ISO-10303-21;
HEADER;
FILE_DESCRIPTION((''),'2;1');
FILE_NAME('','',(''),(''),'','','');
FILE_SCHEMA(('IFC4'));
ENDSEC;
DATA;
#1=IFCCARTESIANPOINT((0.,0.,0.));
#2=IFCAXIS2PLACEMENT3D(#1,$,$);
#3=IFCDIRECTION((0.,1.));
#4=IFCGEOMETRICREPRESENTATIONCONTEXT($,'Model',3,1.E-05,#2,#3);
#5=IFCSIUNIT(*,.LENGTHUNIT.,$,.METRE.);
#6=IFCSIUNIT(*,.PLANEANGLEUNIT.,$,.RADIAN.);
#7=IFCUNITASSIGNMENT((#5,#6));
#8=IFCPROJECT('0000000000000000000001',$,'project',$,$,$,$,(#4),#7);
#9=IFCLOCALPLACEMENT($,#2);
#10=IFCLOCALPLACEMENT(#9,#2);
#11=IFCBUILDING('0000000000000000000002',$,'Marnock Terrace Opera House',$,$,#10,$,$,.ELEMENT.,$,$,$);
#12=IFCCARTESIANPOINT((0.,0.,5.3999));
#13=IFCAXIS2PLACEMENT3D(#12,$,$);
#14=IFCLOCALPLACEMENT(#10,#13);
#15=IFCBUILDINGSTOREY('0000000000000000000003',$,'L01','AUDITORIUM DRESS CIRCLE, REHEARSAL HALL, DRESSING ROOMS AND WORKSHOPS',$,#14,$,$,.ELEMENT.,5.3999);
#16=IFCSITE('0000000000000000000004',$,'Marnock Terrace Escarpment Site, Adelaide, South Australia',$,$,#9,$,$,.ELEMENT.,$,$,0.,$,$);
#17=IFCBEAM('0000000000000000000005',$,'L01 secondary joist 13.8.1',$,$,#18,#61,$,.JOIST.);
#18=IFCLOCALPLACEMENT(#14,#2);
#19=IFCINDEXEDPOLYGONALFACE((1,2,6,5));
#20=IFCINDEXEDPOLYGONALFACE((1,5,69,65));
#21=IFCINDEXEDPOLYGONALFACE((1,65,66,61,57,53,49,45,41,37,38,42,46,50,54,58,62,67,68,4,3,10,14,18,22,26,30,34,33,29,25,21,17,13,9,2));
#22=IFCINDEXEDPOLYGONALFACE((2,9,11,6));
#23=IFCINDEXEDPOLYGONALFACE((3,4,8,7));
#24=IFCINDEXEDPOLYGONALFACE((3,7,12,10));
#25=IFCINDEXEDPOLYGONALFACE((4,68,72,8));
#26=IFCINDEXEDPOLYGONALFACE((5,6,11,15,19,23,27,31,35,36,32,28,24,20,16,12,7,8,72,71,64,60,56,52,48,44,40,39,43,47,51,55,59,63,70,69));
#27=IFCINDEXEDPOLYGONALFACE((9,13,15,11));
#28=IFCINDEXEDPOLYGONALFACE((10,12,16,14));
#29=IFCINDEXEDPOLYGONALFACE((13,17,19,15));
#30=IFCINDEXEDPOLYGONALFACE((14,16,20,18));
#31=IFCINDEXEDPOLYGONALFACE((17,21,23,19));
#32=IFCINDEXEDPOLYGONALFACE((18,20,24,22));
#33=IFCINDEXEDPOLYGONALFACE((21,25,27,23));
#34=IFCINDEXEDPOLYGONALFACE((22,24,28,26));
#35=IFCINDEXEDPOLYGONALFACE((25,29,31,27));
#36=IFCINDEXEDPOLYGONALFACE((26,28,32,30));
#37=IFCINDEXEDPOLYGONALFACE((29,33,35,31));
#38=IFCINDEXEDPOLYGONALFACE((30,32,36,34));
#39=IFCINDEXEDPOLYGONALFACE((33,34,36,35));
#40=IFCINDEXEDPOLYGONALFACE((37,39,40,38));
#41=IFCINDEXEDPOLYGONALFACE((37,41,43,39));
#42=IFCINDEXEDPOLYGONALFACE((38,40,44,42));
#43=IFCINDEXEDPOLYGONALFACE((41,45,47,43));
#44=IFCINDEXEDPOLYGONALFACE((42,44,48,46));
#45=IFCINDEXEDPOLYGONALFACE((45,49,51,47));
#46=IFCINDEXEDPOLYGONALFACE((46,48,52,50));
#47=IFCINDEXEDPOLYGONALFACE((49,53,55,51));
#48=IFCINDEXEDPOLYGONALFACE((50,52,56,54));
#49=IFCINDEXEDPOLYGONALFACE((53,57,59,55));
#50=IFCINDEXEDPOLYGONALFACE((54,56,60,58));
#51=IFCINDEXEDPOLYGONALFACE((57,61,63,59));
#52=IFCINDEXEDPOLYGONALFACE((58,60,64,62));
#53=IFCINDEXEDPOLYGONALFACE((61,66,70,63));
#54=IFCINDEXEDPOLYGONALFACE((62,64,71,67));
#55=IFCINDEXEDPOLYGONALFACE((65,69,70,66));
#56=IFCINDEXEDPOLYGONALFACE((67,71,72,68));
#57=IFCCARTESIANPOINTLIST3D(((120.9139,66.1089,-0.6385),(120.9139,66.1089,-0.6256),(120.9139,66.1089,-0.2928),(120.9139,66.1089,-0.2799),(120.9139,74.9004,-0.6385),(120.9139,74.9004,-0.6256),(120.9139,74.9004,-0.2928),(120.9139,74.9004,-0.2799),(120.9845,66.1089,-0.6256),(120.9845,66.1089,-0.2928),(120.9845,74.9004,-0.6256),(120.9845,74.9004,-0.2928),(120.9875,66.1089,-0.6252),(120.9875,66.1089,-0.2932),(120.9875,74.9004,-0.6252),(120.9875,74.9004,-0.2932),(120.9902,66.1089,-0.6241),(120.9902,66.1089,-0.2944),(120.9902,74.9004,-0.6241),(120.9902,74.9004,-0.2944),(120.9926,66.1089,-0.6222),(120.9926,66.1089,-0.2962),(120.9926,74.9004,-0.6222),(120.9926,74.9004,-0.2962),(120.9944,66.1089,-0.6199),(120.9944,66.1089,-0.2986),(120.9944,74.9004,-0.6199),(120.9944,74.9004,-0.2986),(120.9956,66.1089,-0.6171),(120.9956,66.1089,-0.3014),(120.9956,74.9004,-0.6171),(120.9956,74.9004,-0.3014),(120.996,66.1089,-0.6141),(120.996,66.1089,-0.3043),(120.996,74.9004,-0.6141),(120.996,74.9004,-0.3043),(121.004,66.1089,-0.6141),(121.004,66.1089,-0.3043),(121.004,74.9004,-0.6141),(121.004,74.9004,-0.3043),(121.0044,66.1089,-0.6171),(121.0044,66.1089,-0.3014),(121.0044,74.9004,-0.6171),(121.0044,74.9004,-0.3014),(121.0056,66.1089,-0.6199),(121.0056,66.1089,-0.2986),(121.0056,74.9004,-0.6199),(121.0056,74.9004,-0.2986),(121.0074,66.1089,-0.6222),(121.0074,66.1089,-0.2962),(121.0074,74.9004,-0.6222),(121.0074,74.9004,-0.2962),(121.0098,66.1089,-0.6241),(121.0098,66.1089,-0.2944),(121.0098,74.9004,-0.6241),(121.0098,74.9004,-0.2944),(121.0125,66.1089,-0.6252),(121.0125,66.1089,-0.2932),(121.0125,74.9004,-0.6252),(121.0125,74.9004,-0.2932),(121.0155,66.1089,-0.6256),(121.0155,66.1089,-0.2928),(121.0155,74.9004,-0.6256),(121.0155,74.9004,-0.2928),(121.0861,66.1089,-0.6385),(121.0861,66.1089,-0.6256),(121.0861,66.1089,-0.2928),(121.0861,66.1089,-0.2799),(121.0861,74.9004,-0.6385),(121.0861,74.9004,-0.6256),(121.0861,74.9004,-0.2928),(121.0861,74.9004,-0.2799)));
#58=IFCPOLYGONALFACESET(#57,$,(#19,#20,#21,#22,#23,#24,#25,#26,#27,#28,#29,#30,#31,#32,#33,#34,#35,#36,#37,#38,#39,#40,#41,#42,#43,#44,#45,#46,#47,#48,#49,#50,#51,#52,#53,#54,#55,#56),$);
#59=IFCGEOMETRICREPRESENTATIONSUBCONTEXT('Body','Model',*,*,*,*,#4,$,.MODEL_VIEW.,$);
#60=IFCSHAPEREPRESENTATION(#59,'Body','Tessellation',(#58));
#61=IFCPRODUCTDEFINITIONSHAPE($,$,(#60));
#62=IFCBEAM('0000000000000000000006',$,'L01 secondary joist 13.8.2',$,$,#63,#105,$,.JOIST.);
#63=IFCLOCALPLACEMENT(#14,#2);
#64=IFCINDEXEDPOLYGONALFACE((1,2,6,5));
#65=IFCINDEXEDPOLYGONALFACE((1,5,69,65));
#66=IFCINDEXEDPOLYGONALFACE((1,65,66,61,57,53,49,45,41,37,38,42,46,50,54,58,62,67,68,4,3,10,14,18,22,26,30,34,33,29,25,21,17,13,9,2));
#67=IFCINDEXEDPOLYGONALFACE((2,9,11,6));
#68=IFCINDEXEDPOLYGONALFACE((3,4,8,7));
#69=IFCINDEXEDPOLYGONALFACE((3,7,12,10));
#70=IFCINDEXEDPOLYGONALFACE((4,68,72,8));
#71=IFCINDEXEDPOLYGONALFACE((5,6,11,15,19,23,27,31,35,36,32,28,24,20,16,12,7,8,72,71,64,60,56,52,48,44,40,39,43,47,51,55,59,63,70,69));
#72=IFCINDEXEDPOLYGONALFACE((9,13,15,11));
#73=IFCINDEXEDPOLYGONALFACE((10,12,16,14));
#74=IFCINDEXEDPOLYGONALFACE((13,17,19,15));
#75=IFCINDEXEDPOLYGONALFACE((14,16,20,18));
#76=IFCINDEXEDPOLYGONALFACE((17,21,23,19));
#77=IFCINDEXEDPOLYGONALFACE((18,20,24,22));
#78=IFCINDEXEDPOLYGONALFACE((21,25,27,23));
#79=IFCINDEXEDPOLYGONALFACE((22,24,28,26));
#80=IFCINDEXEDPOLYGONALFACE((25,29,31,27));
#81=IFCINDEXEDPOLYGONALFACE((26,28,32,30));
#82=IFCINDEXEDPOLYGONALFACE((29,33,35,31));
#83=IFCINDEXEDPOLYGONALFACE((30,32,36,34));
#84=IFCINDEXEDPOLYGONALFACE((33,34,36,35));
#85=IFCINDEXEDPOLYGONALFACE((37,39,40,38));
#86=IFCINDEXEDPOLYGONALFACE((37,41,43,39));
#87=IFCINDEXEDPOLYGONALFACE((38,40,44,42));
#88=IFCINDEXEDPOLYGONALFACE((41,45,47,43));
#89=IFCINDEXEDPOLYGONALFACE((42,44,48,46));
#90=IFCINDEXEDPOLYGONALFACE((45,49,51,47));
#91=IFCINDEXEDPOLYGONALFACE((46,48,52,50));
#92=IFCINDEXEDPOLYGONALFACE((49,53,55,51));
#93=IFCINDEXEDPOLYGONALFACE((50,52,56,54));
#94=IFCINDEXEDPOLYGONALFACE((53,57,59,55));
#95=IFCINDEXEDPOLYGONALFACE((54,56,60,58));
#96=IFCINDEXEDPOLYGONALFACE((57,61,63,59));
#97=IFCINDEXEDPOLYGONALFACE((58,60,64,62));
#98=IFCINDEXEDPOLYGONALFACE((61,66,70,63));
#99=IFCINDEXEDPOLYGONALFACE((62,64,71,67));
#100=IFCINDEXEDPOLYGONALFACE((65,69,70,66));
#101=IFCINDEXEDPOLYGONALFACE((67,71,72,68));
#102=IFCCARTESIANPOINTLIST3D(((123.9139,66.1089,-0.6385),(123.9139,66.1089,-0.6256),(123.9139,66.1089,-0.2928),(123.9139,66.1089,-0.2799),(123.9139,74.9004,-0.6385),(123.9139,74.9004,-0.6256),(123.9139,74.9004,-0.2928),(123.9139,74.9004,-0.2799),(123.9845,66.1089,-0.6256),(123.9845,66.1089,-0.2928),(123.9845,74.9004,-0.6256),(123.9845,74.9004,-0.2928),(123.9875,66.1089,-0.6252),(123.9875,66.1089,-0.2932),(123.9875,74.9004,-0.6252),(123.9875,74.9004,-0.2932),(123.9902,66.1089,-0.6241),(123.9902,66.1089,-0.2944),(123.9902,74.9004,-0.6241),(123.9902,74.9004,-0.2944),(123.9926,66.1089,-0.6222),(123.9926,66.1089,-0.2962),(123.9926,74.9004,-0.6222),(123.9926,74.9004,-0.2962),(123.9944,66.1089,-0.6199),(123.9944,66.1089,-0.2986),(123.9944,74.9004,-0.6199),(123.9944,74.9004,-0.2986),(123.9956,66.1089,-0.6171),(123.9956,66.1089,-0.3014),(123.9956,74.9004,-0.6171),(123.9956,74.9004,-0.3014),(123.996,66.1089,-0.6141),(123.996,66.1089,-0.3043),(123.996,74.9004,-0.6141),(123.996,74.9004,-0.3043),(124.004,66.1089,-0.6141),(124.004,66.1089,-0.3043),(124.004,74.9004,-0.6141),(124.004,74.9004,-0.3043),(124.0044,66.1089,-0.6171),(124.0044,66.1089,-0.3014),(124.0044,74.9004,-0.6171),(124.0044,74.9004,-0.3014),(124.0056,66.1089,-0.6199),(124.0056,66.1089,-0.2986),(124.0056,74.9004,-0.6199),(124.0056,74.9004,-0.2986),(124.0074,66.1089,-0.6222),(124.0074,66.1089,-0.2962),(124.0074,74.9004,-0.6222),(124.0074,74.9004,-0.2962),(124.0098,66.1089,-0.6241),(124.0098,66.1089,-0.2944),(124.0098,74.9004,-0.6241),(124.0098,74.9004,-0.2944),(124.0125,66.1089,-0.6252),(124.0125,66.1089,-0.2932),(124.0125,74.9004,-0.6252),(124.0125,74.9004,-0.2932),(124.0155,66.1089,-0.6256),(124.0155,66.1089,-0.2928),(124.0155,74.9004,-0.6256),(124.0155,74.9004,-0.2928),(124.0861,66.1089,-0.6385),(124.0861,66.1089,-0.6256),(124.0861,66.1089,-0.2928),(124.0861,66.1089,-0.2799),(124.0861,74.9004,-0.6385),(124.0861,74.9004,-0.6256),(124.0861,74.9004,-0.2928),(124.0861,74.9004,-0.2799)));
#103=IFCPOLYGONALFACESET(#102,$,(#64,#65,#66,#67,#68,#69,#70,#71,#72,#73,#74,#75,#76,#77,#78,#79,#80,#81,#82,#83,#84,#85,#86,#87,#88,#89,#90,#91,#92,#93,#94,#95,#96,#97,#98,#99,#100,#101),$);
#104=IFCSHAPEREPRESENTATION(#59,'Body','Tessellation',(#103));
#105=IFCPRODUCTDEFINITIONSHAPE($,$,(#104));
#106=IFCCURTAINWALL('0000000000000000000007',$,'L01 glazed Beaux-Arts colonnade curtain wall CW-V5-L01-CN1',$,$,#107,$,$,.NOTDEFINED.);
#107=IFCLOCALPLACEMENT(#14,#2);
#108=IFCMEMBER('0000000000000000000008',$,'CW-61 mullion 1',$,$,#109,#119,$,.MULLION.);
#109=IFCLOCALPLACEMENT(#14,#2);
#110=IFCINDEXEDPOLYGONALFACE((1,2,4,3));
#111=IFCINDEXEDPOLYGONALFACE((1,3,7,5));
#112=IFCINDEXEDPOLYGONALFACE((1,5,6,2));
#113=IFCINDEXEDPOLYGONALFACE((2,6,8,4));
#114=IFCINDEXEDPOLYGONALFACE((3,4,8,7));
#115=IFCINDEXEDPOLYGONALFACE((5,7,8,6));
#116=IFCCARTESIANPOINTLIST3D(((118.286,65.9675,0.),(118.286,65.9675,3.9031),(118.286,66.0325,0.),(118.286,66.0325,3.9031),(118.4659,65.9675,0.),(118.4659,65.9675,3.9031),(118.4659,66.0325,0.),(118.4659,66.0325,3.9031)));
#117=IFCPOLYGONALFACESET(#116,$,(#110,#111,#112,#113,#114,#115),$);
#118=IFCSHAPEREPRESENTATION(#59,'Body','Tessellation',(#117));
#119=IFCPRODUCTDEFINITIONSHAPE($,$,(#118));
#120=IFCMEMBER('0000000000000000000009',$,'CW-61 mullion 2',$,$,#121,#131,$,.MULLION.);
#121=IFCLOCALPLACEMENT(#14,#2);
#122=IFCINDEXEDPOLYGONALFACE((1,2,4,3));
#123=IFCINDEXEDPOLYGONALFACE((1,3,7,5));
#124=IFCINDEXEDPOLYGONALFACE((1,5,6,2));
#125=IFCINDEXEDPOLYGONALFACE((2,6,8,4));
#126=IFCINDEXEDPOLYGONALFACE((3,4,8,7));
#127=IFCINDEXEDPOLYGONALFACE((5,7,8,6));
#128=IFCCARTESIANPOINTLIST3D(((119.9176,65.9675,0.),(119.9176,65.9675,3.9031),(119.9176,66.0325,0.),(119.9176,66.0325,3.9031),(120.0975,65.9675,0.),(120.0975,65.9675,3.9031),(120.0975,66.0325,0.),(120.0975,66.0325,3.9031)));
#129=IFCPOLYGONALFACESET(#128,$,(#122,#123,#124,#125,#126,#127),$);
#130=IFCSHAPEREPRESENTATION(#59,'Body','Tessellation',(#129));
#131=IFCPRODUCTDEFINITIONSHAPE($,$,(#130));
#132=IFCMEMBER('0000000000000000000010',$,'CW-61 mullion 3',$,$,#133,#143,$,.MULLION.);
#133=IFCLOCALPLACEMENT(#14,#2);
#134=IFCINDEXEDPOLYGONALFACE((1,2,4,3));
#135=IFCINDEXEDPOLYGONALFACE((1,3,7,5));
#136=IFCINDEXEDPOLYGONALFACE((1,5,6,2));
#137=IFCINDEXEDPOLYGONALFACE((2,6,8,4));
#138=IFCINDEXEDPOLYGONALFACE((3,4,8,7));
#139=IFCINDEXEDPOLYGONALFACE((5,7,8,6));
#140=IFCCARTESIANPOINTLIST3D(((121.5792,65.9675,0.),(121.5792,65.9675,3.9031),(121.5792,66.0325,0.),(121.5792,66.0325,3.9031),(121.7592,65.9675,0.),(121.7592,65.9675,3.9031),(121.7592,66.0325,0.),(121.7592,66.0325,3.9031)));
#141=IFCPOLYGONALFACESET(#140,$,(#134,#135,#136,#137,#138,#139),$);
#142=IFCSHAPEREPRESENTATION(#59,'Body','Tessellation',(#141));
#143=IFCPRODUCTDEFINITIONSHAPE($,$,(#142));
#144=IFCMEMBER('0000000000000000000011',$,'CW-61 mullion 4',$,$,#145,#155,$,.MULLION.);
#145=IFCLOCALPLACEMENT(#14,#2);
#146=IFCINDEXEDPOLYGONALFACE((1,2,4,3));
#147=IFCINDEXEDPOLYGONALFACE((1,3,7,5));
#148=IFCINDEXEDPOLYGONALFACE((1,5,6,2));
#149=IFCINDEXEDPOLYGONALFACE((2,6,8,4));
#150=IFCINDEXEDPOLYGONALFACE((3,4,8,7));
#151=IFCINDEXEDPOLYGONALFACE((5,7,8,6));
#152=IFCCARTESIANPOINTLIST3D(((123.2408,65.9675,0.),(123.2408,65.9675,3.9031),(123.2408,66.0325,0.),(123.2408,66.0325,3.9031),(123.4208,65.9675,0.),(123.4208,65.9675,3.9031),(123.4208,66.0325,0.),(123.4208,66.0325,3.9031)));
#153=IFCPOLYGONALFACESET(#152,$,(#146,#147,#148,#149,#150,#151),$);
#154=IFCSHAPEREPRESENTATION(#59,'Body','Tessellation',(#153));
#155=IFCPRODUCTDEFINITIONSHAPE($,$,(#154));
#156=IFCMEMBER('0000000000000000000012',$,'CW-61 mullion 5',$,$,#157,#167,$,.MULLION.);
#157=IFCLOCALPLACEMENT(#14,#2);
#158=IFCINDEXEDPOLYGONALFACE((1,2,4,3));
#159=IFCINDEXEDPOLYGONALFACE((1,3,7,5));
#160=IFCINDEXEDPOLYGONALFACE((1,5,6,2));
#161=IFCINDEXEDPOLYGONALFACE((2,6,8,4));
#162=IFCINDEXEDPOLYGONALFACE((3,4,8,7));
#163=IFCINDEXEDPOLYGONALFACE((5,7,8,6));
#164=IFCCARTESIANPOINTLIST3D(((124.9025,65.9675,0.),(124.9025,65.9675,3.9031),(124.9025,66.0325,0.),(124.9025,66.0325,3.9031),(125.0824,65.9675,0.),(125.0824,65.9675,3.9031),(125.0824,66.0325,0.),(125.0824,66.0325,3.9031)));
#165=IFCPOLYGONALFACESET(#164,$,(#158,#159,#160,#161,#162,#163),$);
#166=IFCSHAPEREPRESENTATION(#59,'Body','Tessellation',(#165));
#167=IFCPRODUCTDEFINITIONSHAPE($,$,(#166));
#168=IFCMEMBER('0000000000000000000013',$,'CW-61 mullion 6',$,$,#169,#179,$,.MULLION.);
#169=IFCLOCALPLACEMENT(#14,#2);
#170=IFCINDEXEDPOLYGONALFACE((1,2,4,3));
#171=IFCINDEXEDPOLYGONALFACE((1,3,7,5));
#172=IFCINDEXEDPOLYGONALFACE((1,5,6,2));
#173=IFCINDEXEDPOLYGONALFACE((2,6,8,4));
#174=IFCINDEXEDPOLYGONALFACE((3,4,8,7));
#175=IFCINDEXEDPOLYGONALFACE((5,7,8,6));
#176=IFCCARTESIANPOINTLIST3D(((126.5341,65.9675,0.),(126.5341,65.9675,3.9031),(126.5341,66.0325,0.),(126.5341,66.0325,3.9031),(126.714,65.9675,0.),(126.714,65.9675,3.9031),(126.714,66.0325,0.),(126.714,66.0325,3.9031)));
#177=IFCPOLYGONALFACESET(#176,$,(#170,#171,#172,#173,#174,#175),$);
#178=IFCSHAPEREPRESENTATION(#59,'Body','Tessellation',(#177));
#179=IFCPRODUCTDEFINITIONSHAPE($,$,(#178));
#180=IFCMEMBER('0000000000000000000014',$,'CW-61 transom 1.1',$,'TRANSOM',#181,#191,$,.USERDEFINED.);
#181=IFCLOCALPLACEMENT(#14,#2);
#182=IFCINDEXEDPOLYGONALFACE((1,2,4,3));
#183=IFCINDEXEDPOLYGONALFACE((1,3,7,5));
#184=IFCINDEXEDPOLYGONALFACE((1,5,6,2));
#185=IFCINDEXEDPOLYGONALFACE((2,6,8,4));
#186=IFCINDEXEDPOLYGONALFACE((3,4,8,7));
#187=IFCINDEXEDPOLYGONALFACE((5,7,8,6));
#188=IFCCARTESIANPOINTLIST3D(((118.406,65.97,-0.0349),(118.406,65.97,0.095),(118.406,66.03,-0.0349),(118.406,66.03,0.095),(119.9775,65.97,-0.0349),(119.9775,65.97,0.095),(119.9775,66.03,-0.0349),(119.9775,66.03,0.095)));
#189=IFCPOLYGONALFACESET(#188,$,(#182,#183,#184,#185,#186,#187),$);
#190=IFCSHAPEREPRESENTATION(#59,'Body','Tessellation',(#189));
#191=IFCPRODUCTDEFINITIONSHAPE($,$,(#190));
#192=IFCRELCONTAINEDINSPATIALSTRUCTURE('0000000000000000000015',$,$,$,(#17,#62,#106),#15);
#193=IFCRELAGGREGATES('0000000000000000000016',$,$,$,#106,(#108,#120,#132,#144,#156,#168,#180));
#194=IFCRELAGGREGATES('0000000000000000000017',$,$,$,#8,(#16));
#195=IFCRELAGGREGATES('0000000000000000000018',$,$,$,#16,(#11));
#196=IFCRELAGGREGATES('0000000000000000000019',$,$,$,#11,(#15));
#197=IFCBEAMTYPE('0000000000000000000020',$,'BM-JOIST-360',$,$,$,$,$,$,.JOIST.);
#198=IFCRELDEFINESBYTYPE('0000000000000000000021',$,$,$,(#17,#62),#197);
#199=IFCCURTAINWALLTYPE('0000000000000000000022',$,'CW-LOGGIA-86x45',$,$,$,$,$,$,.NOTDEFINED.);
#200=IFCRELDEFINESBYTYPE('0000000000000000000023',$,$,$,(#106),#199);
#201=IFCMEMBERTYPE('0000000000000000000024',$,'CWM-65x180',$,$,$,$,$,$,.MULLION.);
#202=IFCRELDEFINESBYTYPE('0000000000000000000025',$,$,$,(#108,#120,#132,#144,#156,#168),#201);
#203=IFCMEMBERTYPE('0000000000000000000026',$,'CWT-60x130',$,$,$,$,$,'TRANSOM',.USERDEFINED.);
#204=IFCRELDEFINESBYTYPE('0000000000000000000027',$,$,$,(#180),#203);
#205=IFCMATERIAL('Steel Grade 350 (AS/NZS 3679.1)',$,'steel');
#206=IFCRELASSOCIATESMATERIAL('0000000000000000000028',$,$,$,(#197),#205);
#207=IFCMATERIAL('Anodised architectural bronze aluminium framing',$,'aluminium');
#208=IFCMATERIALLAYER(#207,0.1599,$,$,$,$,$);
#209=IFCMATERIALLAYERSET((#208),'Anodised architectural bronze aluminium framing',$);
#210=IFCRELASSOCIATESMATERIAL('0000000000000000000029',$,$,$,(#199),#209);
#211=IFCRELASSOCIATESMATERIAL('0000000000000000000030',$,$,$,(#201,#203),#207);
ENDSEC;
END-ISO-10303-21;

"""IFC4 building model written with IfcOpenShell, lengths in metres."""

from ifc_helpers import new_model, si_unit, direction, frame, origin, origin_2d, place, context, subcontext, project, spatial, rectangle, i_section, extrude, material, layer, layer_set, material_profile, profile_set, type_object, element, aggregate, save


model = new_model("IFC4")

# Units and contexts
model_context = context("Model", 3, precision=1e-05, world=origin(), true_north=direction((0.0, 1.0)))
body_context = subcontext(model_context, "Body", "Model", "MODEL_VIEW")
ifc_project = project(units=[si_unit("LENGTHUNIT", "METRE"), si_unit("PLANEANGLEUNIT", "RADIAN")], contexts=[model_context])

# Site, building, storey
site_placement = place(None, origin())
site = spatial("IfcSite", under=ifc_project, at=site_placement, Name="Marnock Terrace Escarpment Site, Adelaide, South Australia", CompositionType="ELEMENT", RefElevation=0.0)
building_placement = place(site_placement, origin())
building = spatial("IfcBuilding", under=site, at=building_placement, Name="Marnock Terrace Opera House", CompositionType="ELEMENT")
storey_placement = place(building_placement, frame((0.0, 0.0, 5.3999)))
storey = spatial("IfcBuildingStorey", under=building, at=storey_placement, Name="L01", Description="AUDITORIUM DRESS CIRCLE, REHEARSAL HALL, DRESSING ROOMS AND WORKSHOPS", CompositionType="ELEMENT", Elevation=5.3999)

# Beams
ifc_material_1 = material(Name="Steel Grade 350 (AS/NZS 3679.1)", Category="steel")
ifc_material_profile_1 = material_profile(ifc_material_1, i_section(OverallWidth=0.1721, OverallDepth=0.3586, WebThickness=0.0081, FlangeThickness=0.0129, FilletRadius=0.0115, at=origin_2d()))
ifc_profile_set_1 = profile_set([ifc_material_profile_1], Name="Steel Grade 350 (AS/NZS 3679.1)")
beam_type_1 = type_object("IfcBeamType", Name="BM-JOIST-360", PredefinedType="JOIST", material=ifc_profile_set_1)
for number, where, z_axis, x_axis, name in (
    (1, (121.0, 66.1089, -0.4592), (0.0, 1.0, 0.0), (-1.0, 0.0, 0.0), "L01 secondary joist 13.8.1"),
    (2, (124.0, 66.1089, -0.4592), (0.0, 1.0, 0.0), (-1.0, 0.0, 0.0), "L01 secondary joist 13.8.2"),
):
    element("IfcBeam", number, at=place(storey_placement, frame(where, z_axis=z_axis, x_axis=x_axis)), inside=storey, type_object=beam_type_1, Name=name, PredefinedType="JOIST", context=body_context, shape_type="SweptSolid", body=[
        extrude(i_section(OverallWidth=0.1721, OverallDepth=0.3586, WebThickness=0.0081, FlangeThickness=0.0129, FilletRadius=0.0115, at=origin_2d()), origin(), (0.0, 0.0, 1.0), 8.7915),
    ])

# Curtain wall, members
ifc_material_2 = material(Name="Anodised architectural bronze aluminium framing", Category="aluminium")
ifc_layer_1 = layer(ifc_material_2, 0.1599)
ifc_layer_set_1 = layer_set([ifc_layer_1], Name="Anodised architectural bronze aluminium framing")
curtain_wall_type = type_object("IfcCurtainWallType", Name="CW-LOGGIA-86x45", PredefinedType="NOTDEFINED", material=ifc_layer_set_1)
curtain_wall_placement = place(storey_placement, origin())
curtain_wall = element("IfcCurtainWall", 3, at=curtain_wall_placement, inside=storey, type_object=curtain_wall_type, Name="L01 glazed Beaux-Arts colonnade curtain wall CW-V5-L01-CN1", PredefinedType="NOTDEFINED")
ifc_material_profile_2 = material_profile(ifc_material_2, rectangle(XDim=0.0649, YDim=0.1799, at=origin_2d()))
ifc_profile_set_2 = profile_set([ifc_material_profile_2], Name="Anodised architectural bronze aluminium framing")
member_type_1 = type_object("IfcMemberType", Name="CWM-65x180", PredefinedType="MULLION", material=ifc_profile_set_2)
member_1_placement = place(storey_placement, frame((118.376, 66.0, 0.0), z_axis=(0.0, 0.0, 1.0), x_axis=(0.0, 1.0, 0.0)))
member_1 = element("IfcMember", 4, at=member_1_placement, type_object=member_type_1, Name="CW-61 mullion 1", PredefinedType="MULLION", context=body_context, shape_type="SweptSolid", body=[
    extrude(rectangle(XDim=0.0649, YDim=0.1799, at=origin_2d()), origin(), (0.0, 0.0, 1.0), 3.9031),
])
member_2_placement = place(storey_placement, frame((120.0076, 66.0, 0.0), z_axis=(0.0, 0.0, 1.0), x_axis=(0.0, 1.0, 0.0)))
member_2 = element("IfcMember", 5, at=member_2_placement, type_object=member_type_1, Name="CW-61 mullion 2", PredefinedType="MULLION", context=body_context, shape_type="SweptSolid", body=[
    extrude(rectangle(XDim=0.0649, YDim=0.1799, at=origin_2d()), origin(), (0.0, 0.0, 1.0), 3.9031),
])
member_3_placement = place(storey_placement, frame((121.6692, 66.0, 0.0), z_axis=(0.0, 0.0, 1.0), x_axis=(0.0, 1.0, 0.0)))
member_3 = element("IfcMember", 6, at=member_3_placement, type_object=member_type_1, Name="CW-61 mullion 3", PredefinedType="MULLION", context=body_context, shape_type="SweptSolid", body=[
    extrude(rectangle(XDim=0.0649, YDim=0.1799, at=origin_2d()), origin(), (0.0, 0.0, 1.0), 3.9031),
])
member_4_placement = place(storey_placement, frame((123.3308, 66.0, 0.0), z_axis=(0.0, 0.0, 1.0), x_axis=(0.0, 1.0, 0.0)))
member_4 = element("IfcMember", 7, at=member_4_placement, type_object=member_type_1, Name="CW-61 mullion 4", PredefinedType="MULLION", context=body_context, shape_type="SweptSolid", body=[
    extrude(rectangle(XDim=0.0649, YDim=0.1799, at=origin_2d()), origin(), (0.0, 0.0, 1.0), 3.9031),
])
member_5_placement = place(storey_placement, frame((124.9924, 66.0, 0.0), z_axis=(0.0, 0.0, 1.0), x_axis=(0.0, 1.0, 0.0)))
member_5 = element("IfcMember", 8, at=member_5_placement, type_object=member_type_1, Name="CW-61 mullion 5", PredefinedType="MULLION", context=body_context, shape_type="SweptSolid", body=[
    extrude(rectangle(XDim=0.0649, YDim=0.1799, at=origin_2d()), origin(), (0.0, 0.0, 1.0), 3.9031),
])
member_6_placement = place(storey_placement, frame((126.624, 66.0, 0.0), z_axis=(0.0, 0.0, 1.0), x_axis=(0.0, 1.0, 0.0)))
member_6 = element("IfcMember", 9, at=member_6_placement, type_object=member_type_1, Name="CW-61 mullion 6", PredefinedType="MULLION", context=body_context, shape_type="SweptSolid", body=[
    extrude(rectangle(XDim=0.0649, YDim=0.1799, at=origin_2d()), origin(), (0.0, 0.0, 1.0), 3.9031),
])
ifc_material_profile_3 = material_profile(ifc_material_2, rectangle(XDim=0.0601, YDim=0.1299, at=origin_2d()))
ifc_profile_set_3 = profile_set([ifc_material_profile_3], Name="Anodised architectural bronze aluminium framing")
member_type_2 = type_object("IfcMemberType", Name="CWT-60x130", ElementType="TRANSOM", PredefinedType="USERDEFINED", material=ifc_profile_set_3)
member_7_placement = place(storey_placement, frame((118.406, 66.0, 0.03), z_axis=(1.0, 0.0, 0.0), x_axis=(0.0, 1.0, 0.0)))
member_7 = element("IfcMember", 10, at=member_7_placement, type_object=member_type_2, Name="CW-61 transom 1.1", ObjectType="TRANSOM", PredefinedType="USERDEFINED", context=body_context, shape_type="SweptSolid", body=[
    extrude(rectangle(XDim=0.0601, YDim=0.1299, at=origin_2d()), origin(), (0.0, 0.0, 1.0), 1.5715),
])
aggregate(curtain_wall, [member_1, member_2, member_3, member_4, member_5, member_6, member_7])

save(model, "model.ifc")
